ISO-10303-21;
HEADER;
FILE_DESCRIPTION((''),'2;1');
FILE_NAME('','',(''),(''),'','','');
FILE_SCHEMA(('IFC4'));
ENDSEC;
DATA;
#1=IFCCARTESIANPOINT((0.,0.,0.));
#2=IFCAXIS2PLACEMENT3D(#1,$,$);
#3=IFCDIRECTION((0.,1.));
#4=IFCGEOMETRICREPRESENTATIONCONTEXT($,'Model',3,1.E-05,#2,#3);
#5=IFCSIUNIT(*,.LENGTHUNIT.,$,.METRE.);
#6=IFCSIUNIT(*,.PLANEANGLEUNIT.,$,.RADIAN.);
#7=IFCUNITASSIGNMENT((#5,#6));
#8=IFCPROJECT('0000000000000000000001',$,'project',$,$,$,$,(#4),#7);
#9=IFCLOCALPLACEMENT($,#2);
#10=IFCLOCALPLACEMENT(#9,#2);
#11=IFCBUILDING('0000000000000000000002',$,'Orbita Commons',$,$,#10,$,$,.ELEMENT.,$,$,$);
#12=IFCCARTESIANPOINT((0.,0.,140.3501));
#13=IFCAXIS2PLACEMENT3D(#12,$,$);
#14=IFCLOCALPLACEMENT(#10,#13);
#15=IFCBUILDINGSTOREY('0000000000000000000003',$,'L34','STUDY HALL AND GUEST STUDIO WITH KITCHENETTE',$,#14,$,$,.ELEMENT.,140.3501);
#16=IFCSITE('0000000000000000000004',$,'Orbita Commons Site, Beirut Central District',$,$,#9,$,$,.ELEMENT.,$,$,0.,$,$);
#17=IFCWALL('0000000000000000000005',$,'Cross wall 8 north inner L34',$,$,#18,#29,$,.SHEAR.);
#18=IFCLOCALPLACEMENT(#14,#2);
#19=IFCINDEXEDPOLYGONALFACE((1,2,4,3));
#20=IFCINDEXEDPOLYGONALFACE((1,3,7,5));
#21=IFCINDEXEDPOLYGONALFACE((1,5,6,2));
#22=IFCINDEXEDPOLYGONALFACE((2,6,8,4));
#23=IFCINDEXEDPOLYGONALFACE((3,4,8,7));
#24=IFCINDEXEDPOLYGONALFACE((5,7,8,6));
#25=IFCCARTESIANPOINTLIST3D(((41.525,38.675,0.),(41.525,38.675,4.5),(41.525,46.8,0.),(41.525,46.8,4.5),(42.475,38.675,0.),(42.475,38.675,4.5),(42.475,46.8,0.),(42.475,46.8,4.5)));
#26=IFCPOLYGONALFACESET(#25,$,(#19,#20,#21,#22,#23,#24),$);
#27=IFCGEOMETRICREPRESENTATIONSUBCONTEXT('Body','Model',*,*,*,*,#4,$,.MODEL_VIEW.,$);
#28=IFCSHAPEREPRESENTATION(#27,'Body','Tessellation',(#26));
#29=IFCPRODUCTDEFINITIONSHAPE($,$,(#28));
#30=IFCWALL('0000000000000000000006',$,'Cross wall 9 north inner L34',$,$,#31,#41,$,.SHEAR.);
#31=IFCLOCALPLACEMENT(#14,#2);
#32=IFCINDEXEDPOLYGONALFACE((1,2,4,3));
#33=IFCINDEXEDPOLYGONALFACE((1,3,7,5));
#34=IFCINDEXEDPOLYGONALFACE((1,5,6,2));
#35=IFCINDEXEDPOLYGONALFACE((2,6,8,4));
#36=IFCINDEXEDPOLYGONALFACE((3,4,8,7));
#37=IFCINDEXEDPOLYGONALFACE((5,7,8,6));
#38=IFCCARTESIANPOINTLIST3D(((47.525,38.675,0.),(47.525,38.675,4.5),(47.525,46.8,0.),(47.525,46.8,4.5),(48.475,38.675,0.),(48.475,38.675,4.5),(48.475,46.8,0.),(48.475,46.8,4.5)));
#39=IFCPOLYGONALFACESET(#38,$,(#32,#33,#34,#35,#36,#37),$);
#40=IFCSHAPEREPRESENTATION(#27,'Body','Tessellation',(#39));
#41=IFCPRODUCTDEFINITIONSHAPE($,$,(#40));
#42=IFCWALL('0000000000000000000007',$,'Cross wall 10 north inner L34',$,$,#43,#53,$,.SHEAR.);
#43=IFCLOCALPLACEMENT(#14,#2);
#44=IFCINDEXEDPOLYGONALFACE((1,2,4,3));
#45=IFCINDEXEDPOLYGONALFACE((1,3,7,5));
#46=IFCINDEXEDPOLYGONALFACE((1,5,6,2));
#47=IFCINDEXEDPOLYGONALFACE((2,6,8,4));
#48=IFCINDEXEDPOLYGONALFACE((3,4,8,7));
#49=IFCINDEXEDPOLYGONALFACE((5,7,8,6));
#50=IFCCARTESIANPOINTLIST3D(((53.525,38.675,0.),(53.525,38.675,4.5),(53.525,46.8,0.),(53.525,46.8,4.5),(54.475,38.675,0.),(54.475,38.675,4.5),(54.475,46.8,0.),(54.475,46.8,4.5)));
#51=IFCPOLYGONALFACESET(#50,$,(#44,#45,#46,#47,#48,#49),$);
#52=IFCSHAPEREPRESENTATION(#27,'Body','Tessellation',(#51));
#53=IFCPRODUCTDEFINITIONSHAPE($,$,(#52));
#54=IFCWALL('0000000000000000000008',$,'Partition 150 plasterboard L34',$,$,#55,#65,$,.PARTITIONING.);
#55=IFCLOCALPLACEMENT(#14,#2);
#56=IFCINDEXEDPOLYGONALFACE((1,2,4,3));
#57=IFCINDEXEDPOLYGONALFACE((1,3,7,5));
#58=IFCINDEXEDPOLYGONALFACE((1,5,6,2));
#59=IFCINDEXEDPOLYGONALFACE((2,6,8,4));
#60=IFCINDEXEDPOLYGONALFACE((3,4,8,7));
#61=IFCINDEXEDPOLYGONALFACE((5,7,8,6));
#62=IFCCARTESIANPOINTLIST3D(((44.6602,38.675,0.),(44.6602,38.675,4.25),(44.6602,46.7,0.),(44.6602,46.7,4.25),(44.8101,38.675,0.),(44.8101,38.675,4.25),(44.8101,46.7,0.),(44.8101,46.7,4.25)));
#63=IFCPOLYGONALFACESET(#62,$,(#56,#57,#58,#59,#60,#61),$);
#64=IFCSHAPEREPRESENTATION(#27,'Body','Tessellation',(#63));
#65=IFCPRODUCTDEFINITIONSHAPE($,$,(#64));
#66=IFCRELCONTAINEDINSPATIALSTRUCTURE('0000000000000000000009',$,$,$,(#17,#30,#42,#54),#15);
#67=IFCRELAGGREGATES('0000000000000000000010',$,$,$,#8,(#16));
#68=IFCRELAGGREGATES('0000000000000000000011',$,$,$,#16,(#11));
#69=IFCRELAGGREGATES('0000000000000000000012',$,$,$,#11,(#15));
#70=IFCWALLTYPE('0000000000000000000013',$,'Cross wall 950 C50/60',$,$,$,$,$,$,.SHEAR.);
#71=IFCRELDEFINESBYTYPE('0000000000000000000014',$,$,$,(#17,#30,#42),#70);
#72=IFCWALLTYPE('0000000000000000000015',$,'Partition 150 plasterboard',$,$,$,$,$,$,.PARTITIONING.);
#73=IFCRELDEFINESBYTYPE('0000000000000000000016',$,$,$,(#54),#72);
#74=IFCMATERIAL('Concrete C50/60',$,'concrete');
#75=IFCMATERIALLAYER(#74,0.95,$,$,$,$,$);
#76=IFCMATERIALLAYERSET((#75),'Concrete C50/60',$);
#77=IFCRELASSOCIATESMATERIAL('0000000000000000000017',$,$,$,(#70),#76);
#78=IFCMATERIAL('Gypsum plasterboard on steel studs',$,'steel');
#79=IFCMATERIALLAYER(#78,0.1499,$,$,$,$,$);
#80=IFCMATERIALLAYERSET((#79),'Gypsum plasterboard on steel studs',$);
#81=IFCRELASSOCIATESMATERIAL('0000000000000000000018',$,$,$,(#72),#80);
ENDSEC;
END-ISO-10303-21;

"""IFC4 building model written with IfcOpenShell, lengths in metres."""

from ifc_helpers import new_model, si_unit, direction, frame, frame_2d, origin, place, context, subcontext, project, spatial, rectangle, extrude, material, layer, layer_set, type_object, element, save


model = new_model("IFC4")

# Units and contexts
model_context = context("Model", 3, precision=1e-05, world=origin(), true_north=direction((0.0, 1.0)))
body_context = subcontext(model_context, "Body", "Model", "MODEL_VIEW")
ifc_project = project(units=[si_unit("LENGTHUNIT", "METRE"), si_unit("PLANEANGLEUNIT", "RADIAN")], contexts=[model_context])

# Site, building, storey
site_placement = place(None, origin())
site = spatial("IfcSite", under=ifc_project, at=site_placement, Name="Orbita Commons Site, Beirut Central District", CompositionType="ELEMENT", RefElevation=0.0)
building_placement = place(site_placement, origin())
building = spatial("IfcBuilding", under=site, at=building_placement, Name="Orbita Commons", CompositionType="ELEMENT")
storey_placement = place(building_placement, frame((0.0, 0.0, 140.3501)))
storey = spatial("IfcBuildingStorey", under=building, at=storey_placement, Name="L34", Description="STUDY HALL AND GUEST STUDIO WITH KITCHENETTE", CompositionType="ELEMENT", Elevation=140.3501)

# Walls
ifc_material_1 = material(Name="Concrete C50/60", Category="concrete")
ifc_layer_1 = layer(ifc_material_1, 0.95)
ifc_layer_set_1 = layer_set([ifc_layer_1], Name="Concrete C50/60")
wall_type_1 = type_object("IfcWallType", Name="Cross wall 950 C50/60", PredefinedType="SHEAR", material=ifc_layer_set_1)
for number, where, z_axis, x_axis, name in (
    (1, (42.0, 38.675, 0.0), (0.0, 0.0, 1.0), (0.0, 1.0, 0.0), "Cross wall 8 north inner L34"),
    (2, (48.0, 38.675, 0.0), (0.0, 0.0, 1.0), (0.0, 1.0, 0.0), "Cross wall 9 north inner L34"),
    (3, (54.0, 38.675, 0.0), (0.0, 0.0, 1.0), (0.0, 1.0, 0.0), "Cross wall 10 north inner L34"),
):
    element("IfcWall", number, at=place(storey_placement, frame(where, z_axis=z_axis, x_axis=x_axis)), inside=storey, type_object=wall_type_1, Name=name, PredefinedType="SHEAR", context=body_context, shape_type="SweptSolid", body=[
        extrude(rectangle(XDim=8.125, YDim=0.95, at=frame_2d((4.0625, 0.0))), origin(), (0.0, 0.0, 1.0), 4.5),
    ])
ifc_material_2 = material(Name="Gypsum plasterboard on steel studs", Category="steel")
ifc_layer_2 = layer(ifc_material_2, 0.1499)
ifc_layer_set_2 = layer_set([ifc_layer_2], Name="Gypsum plasterboard on steel studs")
wall_type_2 = type_object("IfcWallType", Name="Partition 150 plasterboard", PredefinedType="PARTITIONING", material=ifc_layer_set_2)
wall_1_placement = place(storey_placement, frame((44.7351, 38.675, 0.0), z_axis=(0.0, 0.0, 1.0), x_axis=(0.0, 1.0, 0.0)))
element("IfcWall", 4, at=wall_1_placement, inside=storey, type_object=wall_type_2, Name="Partition 150 plasterboard L34", PredefinedType="PARTITIONING", context=body_context, shape_type="SweptSolid", body=[
    extrude(rectangle(XDim=8.0249, YDim=0.1499, at=frame_2d((4.0125, 0.0))), origin(), (0.0, 0.0, 1.0), 4.25),
])

save(model, "model.ifc")
